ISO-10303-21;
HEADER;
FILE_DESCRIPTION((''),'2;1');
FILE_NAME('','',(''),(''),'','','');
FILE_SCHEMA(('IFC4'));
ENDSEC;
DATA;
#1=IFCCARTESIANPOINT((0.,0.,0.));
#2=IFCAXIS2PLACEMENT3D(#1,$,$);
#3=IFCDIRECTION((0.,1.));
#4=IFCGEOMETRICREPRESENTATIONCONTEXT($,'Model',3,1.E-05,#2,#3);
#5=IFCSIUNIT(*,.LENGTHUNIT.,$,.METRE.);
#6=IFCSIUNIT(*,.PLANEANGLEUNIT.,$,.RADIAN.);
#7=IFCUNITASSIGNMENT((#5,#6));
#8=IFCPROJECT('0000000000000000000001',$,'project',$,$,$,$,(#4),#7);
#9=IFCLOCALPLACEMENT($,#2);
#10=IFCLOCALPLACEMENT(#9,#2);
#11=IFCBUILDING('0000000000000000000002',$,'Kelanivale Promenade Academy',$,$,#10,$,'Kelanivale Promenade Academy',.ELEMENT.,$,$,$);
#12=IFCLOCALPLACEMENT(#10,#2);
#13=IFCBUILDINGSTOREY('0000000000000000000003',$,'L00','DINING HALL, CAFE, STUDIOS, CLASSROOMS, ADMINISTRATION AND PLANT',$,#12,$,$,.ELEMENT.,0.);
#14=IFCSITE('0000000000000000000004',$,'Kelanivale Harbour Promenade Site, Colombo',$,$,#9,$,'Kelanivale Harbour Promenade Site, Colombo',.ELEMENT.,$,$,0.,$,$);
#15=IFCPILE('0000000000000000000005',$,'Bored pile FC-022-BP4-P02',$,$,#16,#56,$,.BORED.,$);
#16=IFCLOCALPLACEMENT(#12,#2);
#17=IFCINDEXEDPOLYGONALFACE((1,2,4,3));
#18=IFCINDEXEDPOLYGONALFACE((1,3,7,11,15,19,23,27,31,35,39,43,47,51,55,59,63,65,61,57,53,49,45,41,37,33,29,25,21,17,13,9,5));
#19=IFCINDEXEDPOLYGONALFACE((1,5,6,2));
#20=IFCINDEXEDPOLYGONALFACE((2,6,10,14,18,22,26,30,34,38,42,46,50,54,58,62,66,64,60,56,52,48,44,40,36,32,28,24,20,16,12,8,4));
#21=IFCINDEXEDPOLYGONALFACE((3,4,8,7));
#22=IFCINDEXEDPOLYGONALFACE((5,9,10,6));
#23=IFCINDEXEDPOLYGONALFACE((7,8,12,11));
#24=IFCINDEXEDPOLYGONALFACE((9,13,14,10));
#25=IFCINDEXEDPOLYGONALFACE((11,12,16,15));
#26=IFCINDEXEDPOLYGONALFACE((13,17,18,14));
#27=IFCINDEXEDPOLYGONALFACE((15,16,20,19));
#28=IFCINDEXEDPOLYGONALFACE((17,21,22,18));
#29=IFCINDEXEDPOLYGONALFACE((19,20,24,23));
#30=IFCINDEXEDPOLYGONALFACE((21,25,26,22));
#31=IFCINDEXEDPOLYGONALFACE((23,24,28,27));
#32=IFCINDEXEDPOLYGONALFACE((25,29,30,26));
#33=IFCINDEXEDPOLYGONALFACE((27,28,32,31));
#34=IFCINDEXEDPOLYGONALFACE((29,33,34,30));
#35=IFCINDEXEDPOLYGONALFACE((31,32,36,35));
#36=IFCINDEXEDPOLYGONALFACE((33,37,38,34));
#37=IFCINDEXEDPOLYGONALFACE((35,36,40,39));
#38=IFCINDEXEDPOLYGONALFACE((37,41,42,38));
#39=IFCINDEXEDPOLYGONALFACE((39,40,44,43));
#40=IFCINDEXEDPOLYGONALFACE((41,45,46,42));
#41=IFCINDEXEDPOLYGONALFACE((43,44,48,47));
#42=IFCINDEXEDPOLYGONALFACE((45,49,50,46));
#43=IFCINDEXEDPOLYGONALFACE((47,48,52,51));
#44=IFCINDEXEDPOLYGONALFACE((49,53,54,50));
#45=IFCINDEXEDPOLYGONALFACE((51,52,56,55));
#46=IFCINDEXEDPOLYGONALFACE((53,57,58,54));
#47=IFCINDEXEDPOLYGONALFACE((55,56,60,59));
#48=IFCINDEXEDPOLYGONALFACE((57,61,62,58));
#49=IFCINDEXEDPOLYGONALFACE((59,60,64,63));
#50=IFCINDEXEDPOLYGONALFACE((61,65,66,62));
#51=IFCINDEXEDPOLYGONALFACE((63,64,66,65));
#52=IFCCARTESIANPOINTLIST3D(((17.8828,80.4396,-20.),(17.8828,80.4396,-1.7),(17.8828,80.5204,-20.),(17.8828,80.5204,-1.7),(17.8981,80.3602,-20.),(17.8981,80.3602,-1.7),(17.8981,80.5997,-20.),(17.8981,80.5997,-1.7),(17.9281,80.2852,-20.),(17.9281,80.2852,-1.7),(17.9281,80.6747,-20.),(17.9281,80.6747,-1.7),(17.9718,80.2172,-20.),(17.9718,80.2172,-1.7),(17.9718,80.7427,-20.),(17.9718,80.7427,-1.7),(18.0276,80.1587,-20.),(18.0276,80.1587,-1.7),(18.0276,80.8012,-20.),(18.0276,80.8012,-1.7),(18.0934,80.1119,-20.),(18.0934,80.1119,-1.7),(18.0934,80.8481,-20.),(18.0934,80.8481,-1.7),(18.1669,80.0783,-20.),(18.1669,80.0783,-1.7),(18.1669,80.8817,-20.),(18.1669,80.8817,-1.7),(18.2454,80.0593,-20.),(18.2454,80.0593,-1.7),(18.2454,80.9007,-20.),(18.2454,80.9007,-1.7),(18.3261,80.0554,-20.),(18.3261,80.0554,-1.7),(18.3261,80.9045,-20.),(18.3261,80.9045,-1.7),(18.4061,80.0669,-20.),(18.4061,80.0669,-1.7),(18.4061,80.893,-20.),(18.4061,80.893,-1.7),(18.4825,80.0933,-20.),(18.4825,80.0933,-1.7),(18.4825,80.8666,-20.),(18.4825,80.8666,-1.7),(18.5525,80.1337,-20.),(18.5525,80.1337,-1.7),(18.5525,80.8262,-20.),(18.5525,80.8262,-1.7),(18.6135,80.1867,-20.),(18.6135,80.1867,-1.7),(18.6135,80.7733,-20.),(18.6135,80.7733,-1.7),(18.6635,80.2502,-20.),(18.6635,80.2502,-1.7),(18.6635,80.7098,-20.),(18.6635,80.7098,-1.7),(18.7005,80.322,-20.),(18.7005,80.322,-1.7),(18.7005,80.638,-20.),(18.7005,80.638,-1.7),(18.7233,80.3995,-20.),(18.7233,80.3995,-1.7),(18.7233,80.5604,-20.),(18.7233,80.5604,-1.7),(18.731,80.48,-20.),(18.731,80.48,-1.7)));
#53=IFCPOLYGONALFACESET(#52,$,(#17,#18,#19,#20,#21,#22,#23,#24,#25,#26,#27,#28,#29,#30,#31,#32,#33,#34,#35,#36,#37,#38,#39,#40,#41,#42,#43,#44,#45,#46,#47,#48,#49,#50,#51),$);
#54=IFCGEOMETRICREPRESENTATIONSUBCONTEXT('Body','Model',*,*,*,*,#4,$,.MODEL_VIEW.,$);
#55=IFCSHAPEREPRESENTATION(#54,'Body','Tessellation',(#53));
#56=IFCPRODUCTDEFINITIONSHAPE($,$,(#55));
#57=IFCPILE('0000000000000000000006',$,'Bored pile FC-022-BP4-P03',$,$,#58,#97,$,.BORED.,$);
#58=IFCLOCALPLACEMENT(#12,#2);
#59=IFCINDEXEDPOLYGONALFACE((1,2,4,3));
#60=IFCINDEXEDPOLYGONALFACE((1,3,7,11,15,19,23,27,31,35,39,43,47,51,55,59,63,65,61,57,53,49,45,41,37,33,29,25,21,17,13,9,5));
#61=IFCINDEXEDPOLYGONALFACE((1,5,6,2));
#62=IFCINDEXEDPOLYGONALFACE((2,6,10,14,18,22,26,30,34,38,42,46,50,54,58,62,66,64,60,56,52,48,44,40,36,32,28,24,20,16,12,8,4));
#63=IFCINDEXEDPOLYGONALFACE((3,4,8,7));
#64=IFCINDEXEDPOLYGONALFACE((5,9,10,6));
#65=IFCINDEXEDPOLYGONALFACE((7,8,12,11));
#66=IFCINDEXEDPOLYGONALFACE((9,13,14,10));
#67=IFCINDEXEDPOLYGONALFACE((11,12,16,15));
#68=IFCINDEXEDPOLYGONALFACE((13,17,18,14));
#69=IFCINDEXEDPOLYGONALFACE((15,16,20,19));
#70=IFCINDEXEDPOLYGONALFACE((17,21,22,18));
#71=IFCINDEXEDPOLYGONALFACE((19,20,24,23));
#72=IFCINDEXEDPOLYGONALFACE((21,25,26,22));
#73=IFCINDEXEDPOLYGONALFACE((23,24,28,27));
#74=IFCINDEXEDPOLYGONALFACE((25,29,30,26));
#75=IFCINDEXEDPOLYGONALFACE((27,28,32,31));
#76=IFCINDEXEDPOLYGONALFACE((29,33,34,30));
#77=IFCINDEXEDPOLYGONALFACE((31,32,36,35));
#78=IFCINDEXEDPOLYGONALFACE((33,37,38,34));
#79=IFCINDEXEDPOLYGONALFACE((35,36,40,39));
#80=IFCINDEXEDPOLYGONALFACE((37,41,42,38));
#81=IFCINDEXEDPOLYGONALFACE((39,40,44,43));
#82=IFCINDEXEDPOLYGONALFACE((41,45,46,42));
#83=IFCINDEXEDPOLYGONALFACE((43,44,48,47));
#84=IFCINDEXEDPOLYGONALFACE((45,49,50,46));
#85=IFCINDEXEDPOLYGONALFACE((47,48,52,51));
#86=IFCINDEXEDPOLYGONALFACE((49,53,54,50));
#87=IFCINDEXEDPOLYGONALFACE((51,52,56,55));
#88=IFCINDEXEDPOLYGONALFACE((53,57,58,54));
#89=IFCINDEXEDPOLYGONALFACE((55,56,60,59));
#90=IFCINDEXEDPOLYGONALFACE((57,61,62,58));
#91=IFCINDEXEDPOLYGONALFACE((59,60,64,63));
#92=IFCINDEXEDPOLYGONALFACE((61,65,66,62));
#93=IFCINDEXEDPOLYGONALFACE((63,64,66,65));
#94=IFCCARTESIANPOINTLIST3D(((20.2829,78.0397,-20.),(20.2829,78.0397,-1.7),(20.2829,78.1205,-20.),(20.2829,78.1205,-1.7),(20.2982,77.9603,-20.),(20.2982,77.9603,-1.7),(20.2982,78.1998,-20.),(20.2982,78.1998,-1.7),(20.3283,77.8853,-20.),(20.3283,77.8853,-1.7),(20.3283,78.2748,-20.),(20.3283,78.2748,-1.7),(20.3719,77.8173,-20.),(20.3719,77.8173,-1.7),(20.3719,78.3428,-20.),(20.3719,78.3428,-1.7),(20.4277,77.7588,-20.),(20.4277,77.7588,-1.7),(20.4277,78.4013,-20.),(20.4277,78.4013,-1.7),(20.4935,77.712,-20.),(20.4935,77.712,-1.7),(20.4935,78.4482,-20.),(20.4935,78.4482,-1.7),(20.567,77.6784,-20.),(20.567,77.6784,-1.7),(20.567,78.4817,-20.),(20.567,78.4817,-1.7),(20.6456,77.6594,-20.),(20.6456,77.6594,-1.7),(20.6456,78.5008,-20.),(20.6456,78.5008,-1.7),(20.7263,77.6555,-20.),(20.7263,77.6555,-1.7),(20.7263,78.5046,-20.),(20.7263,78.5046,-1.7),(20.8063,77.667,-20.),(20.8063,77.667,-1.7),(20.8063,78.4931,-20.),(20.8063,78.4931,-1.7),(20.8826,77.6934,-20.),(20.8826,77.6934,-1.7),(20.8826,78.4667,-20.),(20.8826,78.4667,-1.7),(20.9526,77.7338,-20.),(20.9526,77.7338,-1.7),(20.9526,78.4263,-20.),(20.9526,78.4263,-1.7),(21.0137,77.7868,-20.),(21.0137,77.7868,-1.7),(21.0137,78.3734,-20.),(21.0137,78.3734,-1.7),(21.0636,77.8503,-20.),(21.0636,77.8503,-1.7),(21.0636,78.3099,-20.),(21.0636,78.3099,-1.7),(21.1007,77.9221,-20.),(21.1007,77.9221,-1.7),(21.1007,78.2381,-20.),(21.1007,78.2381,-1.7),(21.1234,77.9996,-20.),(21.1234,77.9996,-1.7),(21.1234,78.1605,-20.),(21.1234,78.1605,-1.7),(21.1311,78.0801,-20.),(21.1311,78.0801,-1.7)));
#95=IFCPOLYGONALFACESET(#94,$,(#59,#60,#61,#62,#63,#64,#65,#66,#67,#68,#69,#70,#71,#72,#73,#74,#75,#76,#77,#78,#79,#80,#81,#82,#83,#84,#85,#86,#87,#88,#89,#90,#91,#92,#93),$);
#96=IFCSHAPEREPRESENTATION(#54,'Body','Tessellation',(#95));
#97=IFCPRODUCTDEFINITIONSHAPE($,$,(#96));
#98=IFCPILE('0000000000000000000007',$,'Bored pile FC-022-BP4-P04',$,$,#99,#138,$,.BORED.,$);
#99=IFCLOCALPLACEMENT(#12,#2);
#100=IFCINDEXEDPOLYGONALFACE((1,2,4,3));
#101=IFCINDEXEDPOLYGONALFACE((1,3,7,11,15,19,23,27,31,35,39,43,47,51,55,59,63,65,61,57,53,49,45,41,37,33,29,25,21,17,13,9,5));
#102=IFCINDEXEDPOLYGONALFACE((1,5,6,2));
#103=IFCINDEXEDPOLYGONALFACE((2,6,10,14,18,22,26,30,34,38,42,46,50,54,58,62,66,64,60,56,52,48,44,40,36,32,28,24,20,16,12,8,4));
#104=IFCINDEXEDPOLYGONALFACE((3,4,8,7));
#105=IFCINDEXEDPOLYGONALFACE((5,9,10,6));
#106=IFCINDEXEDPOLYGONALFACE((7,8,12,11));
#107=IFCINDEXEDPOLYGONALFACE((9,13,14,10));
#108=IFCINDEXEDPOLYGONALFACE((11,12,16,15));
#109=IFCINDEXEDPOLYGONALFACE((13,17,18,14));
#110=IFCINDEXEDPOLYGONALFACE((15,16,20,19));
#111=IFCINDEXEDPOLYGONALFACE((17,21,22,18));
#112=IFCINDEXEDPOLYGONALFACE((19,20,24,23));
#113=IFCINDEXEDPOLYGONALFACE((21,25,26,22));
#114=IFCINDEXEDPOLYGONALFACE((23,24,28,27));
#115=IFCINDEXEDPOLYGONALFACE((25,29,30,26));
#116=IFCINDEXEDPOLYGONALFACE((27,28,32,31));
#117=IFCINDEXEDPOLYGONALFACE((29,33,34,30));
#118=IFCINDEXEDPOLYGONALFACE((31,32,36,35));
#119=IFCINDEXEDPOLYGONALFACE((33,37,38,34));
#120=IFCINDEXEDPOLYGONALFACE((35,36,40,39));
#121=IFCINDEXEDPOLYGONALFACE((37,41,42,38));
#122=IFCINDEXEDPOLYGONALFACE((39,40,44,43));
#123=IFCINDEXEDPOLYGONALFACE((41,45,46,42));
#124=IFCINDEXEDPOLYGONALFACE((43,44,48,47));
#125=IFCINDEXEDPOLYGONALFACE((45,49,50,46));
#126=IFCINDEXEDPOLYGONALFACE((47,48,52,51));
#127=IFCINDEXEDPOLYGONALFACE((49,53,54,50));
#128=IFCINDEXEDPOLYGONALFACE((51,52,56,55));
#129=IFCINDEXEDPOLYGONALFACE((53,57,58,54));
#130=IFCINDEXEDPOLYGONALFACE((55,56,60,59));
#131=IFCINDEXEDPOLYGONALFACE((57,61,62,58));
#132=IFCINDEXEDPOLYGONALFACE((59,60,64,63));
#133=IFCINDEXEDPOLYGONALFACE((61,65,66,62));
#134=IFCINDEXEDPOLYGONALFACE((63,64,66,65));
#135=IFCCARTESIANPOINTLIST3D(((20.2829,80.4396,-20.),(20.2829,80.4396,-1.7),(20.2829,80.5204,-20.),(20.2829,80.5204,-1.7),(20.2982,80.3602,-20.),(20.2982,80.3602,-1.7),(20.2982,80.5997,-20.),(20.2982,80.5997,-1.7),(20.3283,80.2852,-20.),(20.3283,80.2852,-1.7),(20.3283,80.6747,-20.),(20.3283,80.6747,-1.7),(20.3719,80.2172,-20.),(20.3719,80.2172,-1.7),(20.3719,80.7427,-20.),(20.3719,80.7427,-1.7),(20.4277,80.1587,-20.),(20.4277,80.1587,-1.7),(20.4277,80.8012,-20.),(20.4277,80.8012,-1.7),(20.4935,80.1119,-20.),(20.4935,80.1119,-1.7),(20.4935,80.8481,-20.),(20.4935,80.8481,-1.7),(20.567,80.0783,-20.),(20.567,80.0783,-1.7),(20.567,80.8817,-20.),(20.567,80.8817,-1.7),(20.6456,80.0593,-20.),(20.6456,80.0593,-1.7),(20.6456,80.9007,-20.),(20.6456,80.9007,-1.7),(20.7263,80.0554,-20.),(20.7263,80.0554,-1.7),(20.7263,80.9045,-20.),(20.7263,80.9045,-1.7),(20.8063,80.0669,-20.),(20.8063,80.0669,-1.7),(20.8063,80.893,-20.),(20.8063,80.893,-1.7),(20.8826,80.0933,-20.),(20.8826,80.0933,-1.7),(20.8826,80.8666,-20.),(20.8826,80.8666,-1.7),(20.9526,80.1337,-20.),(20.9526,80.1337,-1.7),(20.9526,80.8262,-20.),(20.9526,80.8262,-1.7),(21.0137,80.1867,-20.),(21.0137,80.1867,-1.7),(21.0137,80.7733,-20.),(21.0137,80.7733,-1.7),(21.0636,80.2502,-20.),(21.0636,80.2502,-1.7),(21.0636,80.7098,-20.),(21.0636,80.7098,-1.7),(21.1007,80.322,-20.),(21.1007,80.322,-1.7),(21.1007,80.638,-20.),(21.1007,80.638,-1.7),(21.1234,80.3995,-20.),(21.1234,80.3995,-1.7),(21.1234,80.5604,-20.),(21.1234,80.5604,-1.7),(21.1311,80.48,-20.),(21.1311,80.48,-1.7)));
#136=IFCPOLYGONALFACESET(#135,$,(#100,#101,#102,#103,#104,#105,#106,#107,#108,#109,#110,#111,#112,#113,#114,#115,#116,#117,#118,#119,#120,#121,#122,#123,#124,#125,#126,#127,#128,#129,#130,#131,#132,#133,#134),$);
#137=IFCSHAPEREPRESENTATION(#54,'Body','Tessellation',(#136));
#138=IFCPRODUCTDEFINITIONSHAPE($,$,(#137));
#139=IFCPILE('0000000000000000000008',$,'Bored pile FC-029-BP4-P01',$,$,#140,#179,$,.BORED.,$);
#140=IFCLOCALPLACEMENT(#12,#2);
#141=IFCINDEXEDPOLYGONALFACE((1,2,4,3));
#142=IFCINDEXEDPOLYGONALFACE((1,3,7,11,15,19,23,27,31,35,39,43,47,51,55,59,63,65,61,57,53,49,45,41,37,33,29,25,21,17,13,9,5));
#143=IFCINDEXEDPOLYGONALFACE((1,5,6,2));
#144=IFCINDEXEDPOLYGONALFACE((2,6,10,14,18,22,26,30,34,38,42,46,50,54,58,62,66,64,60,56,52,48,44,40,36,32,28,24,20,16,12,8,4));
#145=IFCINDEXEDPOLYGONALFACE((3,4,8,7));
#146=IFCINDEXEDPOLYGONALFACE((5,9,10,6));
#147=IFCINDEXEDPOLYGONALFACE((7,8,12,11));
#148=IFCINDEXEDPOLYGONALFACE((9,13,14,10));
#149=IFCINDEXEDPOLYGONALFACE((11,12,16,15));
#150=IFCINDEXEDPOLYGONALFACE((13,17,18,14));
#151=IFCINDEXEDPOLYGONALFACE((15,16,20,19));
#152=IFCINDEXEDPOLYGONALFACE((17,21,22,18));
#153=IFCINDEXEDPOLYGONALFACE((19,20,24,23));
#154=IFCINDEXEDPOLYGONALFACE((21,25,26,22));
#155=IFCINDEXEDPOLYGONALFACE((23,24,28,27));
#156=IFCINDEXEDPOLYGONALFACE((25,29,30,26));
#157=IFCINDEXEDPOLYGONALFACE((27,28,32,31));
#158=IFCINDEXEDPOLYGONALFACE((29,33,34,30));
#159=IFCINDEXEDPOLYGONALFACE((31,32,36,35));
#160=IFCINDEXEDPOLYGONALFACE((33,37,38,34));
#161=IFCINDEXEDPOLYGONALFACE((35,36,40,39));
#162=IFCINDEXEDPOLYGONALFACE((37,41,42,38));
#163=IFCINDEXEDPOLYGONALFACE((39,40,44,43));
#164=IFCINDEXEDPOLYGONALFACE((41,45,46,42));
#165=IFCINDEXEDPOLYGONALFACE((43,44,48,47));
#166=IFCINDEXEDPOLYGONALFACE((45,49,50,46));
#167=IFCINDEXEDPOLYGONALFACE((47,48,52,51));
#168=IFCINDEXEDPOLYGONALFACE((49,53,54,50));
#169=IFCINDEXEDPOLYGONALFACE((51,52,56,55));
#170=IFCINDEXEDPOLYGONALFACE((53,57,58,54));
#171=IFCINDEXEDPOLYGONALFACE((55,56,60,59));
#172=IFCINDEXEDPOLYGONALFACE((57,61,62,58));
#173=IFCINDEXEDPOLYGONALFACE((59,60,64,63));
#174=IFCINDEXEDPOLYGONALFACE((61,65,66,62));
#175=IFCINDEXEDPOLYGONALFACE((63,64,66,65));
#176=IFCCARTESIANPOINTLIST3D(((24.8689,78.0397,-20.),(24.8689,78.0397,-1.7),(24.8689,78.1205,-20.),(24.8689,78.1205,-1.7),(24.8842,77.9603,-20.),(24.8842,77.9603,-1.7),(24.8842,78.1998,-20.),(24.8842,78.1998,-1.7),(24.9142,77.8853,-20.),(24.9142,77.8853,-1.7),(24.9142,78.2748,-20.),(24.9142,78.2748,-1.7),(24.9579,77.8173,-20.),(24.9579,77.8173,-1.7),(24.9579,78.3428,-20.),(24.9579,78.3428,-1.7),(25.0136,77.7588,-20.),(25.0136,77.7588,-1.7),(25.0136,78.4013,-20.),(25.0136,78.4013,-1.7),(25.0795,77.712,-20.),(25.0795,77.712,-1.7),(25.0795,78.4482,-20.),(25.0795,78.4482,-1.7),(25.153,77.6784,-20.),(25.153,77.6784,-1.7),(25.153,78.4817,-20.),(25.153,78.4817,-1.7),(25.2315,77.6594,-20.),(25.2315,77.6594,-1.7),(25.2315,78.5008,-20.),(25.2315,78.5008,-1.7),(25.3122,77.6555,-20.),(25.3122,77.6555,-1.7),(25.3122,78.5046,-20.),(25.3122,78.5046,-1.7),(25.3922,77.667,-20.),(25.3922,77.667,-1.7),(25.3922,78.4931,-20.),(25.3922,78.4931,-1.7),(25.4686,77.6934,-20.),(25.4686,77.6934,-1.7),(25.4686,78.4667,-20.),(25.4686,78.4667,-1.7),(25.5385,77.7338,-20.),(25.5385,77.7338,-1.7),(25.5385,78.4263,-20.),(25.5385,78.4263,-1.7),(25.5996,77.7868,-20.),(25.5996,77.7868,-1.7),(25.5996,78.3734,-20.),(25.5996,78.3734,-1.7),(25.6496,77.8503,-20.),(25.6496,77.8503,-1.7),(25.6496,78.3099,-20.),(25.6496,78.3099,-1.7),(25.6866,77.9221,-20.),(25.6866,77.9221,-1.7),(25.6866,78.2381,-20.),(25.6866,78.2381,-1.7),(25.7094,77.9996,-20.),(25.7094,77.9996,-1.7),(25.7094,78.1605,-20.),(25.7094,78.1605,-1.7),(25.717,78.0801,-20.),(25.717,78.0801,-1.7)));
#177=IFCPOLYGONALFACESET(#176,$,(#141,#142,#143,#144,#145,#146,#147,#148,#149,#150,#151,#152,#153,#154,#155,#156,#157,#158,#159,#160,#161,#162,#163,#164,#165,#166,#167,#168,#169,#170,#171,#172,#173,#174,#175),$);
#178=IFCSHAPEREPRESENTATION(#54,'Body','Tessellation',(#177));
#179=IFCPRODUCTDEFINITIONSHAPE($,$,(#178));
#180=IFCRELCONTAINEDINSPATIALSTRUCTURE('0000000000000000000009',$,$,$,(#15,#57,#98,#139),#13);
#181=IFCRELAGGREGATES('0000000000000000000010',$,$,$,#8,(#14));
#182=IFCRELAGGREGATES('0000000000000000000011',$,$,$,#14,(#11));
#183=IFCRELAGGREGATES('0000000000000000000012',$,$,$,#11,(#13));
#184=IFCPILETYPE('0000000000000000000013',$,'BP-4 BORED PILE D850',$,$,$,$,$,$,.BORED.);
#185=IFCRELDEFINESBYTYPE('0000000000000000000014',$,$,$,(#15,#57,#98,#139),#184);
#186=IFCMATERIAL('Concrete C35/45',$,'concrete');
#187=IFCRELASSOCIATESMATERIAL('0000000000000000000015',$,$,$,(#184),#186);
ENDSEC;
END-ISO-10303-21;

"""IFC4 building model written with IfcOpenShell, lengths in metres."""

from ifc_helpers import new_model, si_unit, direction, frame, origin, origin_2d, place, context, subcontext, project, spatial, circle, extrude, material, material_profile, profile_set, type_object, element, save


model = new_model("IFC4")

# Units and contexts
model_context = context("Model", 3, precision=1e-05, world=origin(), true_north=direction((0.0, 1.0)))
body_context = subcontext(model_context, "Body", "Model", "MODEL_VIEW")
ifc_project = project(units=[si_unit("LENGTHUNIT", "METRE"), si_unit("PLANEANGLEUNIT", "RADIAN")], contexts=[model_context])

# Site, building, storey
site_placement = place(None, origin())
site = spatial("IfcSite", under=ifc_project, at=site_placement, Name="Kelanivale Harbour Promenade Site, Colombo", LongName="Kelanivale Harbour Promenade Site, Colombo", CompositionType="ELEMENT", RefElevation=0.0)
building_placement = place(site_placement, origin())
building = spatial("IfcBuilding", under=site, at=building_placement, Name="Kelanivale Promenade Academy", LongName="Kelanivale Promenade Academy", CompositionType="ELEMENT")
storey_placement = place(building_placement, origin())
storey = spatial("IfcBuildingStorey", under=building, at=storey_placement, Name="L00", Description="DINING HALL, CAFE, STUDIOS, CLASSROOMS, ADMINISTRATION AND PLANT", CompositionType="ELEMENT", Elevation=0.0)

# Piles
ifc_material_1 = material(Name="Concrete C35/45", Category="concrete")
ifc_material_profile_1 = material_profile(ifc_material_1, circle(Radius=0.425, at=origin_2d()), Name="BORED PILE D850")
ifc_profile_set_1 = profile_set([ifc_material_profile_1], Name="Concrete C35/45")
pile_type_1 = type_object("IfcPileType", Name="BP-4 BORED PILE D850", PredefinedType="BORED", material=ifc_profile_set_1)
for number, where, z_axis, x_axis, name in (
    (1, (18.3059, 80.48, -1.7), (0.0, 0.0, -1.0), (1.0, 0.0, 0.0), "Bored pile FC-022-BP4-P02"),
    (2, (20.7061, 78.0801, -1.7), (0.0, 0.0, -1.0), (1.0, 0.0, 0.0), "Bored pile FC-022-BP4-P03"),
    (3, (20.7061, 80.48, -1.7), (0.0, 0.0, -1.0), (1.0, 0.0, 0.0), "Bored pile FC-022-BP4-P04"),
    (4, (25.292, 78.0801, -1.7), (0.0, 0.0, -1.0), (1.0, 0.0, 0.0), "Bored pile FC-029-BP4-P01"),
):
    element("IfcPile", number, at=place(storey_placement, frame(where, z_axis=z_axis, x_axis=x_axis)), inside=storey, type_object=pile_type_1, Name=name, PredefinedType="BORED", context=body_context, shape_type="SweptSolid", body=[
        extrude(circle(Radius=0.425, at=origin_2d()), origin(), (0.0, 0.0, 1.0), 18.3),
    ])

save(model, "model.ifc")
